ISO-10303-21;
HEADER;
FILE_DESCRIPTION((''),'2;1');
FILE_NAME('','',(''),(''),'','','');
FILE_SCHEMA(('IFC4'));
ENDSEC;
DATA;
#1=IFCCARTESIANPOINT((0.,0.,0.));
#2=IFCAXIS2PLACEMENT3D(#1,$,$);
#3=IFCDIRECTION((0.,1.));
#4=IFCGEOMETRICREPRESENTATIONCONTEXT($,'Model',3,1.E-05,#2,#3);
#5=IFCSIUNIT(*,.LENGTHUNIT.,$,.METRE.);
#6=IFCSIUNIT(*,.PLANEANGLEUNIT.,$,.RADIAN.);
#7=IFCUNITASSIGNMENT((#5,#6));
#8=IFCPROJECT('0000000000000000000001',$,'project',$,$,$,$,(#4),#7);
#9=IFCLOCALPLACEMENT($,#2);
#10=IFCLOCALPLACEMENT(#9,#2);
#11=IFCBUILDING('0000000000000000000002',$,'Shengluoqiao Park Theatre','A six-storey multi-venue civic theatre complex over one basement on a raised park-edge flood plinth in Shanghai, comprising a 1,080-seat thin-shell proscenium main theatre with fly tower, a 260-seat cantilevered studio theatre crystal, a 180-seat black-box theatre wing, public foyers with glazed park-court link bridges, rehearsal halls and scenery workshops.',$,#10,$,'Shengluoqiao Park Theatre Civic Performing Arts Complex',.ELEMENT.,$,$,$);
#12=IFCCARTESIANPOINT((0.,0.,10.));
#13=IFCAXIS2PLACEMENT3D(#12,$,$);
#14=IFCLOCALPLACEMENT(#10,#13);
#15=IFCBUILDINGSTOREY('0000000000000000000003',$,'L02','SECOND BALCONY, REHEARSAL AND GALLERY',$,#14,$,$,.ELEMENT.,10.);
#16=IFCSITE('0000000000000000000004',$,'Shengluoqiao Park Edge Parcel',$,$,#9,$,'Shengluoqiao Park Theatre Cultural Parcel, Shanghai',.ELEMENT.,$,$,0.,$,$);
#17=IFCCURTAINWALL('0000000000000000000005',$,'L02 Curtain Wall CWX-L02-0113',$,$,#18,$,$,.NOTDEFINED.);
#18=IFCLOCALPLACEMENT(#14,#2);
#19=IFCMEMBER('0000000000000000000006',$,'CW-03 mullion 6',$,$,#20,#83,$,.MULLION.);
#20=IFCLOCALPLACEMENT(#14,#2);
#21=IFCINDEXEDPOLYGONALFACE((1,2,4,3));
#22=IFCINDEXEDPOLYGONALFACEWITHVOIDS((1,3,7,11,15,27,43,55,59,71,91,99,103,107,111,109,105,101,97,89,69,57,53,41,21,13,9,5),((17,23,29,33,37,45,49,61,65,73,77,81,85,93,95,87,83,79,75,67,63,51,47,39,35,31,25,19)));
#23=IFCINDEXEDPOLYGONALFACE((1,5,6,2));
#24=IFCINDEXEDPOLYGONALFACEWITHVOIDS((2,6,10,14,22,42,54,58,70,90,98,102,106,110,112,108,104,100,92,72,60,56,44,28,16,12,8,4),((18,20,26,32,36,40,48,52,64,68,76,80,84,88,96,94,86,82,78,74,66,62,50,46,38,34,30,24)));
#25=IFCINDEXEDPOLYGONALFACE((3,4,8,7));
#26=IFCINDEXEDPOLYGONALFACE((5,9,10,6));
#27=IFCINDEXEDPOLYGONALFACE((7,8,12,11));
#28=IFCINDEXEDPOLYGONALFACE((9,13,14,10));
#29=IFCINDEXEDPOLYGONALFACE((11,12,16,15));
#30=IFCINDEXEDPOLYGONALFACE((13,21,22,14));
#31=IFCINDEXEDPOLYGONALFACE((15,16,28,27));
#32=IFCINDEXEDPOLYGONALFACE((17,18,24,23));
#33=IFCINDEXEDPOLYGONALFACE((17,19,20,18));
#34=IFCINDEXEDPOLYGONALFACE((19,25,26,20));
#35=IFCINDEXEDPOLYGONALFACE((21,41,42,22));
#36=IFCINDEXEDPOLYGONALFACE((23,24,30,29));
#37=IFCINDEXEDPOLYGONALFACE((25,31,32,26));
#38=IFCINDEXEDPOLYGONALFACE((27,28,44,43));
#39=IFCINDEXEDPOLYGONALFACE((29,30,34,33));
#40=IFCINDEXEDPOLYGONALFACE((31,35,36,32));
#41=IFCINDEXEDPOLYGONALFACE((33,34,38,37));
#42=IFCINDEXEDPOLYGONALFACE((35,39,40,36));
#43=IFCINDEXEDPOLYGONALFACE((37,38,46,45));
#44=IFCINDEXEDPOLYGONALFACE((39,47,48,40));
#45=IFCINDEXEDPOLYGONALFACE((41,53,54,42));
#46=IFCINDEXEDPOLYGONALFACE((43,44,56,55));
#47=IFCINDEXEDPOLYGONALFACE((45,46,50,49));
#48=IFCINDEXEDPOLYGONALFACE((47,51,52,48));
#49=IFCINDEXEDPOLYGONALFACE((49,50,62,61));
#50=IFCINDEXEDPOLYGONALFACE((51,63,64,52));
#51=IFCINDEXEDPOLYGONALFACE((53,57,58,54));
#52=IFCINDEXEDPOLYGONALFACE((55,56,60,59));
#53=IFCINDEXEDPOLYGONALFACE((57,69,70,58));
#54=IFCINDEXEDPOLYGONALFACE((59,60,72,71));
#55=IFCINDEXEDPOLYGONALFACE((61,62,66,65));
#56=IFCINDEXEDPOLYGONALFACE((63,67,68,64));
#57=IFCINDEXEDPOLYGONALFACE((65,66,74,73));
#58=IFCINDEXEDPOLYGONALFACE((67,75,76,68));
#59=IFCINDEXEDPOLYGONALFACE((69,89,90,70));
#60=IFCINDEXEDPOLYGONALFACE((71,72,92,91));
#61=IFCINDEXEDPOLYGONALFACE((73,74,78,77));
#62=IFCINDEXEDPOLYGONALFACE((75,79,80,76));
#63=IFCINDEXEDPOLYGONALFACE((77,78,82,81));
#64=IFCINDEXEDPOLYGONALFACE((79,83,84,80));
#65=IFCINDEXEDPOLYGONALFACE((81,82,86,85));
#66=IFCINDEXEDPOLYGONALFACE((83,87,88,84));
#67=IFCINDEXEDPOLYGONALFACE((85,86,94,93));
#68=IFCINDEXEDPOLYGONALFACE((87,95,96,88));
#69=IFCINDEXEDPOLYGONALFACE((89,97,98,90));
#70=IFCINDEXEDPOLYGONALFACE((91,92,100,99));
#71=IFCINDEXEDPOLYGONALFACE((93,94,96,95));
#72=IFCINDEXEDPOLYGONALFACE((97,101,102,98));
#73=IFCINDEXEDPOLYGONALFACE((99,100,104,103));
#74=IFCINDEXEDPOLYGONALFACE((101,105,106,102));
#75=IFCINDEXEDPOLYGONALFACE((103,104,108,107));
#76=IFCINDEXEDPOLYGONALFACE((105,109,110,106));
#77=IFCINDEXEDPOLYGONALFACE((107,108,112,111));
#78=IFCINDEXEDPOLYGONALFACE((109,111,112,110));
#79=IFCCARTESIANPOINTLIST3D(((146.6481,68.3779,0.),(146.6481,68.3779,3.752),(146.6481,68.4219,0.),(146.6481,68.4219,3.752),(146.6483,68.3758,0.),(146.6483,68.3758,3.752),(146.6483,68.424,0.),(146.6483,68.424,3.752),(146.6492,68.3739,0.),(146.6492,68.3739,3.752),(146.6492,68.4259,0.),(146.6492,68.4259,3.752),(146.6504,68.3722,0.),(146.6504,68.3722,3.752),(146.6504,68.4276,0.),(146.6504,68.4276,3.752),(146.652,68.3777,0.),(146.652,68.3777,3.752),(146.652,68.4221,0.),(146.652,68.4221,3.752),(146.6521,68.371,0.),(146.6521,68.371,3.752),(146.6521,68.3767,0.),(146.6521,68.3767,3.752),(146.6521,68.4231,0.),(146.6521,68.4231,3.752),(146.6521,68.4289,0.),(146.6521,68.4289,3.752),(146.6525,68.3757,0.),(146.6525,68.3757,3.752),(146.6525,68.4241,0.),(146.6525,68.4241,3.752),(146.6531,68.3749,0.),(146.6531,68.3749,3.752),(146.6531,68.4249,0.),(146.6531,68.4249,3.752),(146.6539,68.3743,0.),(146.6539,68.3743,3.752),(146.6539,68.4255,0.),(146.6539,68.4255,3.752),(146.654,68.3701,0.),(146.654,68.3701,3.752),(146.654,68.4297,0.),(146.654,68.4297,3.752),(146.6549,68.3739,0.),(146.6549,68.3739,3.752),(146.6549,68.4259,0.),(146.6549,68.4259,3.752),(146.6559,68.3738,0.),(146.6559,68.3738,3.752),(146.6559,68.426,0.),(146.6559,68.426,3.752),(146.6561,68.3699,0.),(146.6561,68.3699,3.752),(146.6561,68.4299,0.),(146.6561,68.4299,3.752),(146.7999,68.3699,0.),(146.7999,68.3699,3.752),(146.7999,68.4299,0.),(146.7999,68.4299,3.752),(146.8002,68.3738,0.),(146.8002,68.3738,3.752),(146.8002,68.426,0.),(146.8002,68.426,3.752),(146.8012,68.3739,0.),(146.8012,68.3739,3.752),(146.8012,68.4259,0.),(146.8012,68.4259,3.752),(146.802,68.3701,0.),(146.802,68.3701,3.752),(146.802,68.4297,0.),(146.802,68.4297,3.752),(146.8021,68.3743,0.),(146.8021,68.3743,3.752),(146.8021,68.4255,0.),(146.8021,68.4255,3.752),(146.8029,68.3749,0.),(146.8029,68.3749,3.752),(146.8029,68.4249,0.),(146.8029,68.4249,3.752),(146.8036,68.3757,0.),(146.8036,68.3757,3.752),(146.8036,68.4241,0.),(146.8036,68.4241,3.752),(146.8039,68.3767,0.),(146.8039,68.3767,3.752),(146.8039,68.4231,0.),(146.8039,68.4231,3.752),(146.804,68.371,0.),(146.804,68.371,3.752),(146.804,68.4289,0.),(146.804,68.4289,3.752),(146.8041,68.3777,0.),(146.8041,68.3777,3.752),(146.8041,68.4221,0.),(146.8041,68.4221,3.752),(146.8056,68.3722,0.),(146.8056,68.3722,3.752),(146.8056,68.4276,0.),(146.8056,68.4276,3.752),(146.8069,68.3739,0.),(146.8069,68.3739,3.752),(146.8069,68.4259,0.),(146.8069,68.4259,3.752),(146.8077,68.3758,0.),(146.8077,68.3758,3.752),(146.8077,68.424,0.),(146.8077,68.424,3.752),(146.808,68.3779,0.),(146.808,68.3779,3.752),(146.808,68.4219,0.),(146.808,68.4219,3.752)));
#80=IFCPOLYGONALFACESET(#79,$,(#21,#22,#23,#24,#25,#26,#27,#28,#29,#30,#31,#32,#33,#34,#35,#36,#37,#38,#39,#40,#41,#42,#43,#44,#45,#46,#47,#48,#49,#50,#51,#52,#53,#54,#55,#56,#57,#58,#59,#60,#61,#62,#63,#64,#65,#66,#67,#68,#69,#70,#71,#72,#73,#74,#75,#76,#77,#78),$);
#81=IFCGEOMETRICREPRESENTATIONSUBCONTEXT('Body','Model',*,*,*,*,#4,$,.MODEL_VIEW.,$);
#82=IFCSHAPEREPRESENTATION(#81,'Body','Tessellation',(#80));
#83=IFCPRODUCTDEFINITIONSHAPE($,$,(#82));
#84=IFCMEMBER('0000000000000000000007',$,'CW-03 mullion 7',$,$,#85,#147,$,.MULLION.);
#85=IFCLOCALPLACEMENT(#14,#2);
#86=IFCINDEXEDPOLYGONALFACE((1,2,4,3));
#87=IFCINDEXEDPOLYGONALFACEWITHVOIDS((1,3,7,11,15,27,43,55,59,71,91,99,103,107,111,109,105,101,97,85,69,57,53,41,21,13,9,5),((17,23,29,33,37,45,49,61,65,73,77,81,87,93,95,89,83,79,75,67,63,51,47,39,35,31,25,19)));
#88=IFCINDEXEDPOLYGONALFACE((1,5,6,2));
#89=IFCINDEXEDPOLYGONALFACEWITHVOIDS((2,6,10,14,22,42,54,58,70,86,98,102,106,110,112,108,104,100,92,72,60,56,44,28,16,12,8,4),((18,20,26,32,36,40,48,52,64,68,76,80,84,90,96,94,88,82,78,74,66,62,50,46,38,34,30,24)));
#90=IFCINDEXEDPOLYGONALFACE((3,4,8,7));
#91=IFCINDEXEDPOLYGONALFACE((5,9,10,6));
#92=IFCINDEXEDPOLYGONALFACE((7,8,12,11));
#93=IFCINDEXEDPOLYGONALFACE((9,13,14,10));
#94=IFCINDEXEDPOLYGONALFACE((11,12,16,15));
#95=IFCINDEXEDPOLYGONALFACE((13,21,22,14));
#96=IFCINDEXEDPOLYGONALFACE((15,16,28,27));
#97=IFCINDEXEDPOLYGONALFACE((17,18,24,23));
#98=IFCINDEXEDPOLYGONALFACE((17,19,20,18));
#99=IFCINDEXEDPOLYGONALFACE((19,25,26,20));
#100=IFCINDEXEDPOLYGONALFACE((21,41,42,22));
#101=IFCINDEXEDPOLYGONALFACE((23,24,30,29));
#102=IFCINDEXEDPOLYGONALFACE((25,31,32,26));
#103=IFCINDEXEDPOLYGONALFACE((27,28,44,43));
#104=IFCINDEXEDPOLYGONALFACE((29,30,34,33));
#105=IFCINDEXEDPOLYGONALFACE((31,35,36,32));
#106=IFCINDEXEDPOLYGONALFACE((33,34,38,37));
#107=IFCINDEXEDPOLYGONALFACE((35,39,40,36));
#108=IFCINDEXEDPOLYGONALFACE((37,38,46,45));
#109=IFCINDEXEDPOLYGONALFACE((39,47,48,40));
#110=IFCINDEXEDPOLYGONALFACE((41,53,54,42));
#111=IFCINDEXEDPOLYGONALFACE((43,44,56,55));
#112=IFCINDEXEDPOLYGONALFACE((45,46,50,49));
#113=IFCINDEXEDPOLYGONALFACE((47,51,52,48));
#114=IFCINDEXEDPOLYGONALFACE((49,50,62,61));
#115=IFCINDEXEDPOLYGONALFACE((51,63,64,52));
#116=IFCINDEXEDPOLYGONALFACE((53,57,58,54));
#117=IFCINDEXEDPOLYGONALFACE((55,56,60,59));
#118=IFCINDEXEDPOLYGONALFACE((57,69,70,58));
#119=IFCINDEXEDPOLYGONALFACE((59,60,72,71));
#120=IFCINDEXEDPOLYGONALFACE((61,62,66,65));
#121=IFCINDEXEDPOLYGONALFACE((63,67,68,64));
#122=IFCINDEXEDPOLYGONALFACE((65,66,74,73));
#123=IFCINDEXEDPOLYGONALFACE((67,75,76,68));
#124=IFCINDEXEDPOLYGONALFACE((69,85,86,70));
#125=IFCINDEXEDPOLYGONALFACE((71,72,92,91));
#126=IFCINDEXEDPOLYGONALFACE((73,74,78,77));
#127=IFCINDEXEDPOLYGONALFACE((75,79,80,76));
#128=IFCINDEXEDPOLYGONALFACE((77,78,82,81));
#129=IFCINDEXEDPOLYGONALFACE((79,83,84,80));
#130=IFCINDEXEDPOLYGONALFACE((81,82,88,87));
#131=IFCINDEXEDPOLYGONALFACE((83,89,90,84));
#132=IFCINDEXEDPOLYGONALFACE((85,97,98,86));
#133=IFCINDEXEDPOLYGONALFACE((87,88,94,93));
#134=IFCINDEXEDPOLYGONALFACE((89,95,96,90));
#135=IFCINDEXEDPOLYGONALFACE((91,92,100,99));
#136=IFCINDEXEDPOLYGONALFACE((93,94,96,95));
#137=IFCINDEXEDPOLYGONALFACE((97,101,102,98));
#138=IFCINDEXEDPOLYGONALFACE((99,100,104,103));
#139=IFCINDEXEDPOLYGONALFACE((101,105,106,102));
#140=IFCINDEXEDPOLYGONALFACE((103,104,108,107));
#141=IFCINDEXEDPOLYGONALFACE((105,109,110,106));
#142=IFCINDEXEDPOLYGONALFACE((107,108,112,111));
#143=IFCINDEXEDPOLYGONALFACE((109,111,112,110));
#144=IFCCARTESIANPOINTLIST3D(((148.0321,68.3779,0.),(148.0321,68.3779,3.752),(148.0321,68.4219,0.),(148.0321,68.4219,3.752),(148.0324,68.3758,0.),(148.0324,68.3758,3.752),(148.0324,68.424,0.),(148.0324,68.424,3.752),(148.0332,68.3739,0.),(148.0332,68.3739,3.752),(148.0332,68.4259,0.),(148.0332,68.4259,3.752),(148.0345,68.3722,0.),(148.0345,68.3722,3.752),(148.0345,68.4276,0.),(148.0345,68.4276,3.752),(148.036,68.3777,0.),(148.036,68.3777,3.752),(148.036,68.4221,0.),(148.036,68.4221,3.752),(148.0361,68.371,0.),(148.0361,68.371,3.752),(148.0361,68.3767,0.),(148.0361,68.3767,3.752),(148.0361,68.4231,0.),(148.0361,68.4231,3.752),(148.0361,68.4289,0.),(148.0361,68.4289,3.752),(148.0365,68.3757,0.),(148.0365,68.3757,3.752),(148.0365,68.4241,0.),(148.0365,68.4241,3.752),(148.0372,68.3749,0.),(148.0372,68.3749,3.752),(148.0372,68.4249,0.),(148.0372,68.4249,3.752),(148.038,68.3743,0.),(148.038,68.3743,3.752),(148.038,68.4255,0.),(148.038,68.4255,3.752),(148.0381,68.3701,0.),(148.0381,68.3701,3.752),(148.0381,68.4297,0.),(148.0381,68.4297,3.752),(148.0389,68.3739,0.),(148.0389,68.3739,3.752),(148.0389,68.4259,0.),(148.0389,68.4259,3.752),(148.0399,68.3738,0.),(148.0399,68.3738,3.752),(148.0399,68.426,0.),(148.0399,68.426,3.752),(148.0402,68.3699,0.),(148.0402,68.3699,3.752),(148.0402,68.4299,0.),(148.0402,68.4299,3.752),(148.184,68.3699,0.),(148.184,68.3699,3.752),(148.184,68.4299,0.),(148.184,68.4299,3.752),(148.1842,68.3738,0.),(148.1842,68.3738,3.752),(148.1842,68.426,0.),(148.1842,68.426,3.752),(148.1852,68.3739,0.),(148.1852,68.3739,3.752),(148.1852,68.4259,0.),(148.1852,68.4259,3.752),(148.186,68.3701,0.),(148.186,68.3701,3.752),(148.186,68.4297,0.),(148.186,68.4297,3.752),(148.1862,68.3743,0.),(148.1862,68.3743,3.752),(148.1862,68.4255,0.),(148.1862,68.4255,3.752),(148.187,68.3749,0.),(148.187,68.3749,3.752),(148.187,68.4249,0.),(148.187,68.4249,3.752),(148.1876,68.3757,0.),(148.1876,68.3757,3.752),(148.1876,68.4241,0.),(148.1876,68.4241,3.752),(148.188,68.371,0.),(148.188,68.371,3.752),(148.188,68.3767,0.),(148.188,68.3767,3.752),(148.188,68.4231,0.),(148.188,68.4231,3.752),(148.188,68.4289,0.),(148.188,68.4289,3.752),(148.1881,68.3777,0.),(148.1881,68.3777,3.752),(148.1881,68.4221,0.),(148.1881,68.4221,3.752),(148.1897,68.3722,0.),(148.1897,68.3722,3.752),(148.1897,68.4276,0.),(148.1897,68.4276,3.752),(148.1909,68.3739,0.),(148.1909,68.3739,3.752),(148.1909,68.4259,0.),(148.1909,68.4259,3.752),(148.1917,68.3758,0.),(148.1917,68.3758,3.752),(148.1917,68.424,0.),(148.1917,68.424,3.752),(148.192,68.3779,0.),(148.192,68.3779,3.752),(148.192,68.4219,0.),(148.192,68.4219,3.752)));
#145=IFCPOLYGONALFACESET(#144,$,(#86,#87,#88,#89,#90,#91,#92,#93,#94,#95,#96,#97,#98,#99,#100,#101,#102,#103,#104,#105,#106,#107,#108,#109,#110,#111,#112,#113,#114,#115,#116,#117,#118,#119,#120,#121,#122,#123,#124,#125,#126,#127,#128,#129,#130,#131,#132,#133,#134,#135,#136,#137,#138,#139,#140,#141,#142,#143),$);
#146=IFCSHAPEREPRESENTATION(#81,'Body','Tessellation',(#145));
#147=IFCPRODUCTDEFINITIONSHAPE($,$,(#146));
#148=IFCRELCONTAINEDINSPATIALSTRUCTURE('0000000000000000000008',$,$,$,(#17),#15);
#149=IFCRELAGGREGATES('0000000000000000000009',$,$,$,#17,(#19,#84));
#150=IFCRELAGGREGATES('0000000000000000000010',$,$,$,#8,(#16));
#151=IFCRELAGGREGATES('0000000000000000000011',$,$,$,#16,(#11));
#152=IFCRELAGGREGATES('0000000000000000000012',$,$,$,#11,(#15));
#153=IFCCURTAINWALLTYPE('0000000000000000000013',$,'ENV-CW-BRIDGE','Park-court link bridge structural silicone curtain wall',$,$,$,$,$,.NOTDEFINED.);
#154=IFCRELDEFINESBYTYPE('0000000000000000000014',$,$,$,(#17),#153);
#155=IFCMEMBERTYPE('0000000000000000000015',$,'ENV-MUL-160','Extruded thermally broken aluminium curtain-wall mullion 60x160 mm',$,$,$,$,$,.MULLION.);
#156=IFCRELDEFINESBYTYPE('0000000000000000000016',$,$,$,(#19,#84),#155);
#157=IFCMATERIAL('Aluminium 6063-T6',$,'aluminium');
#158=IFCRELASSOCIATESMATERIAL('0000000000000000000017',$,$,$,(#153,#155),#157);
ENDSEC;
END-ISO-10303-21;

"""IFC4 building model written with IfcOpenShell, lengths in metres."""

from ifc_helpers import new_model, si_unit, direction, frame, origin, origin_2d, place, context, subcontext, project, spatial, hollow_rectangle, extrude, material, material_profile, profile_set, type_object, element, aggregate, save


model = new_model("IFC4")

# Units and contexts
model_context = context("Model", 3, precision=1e-05, world=origin(), true_north=direction((0.0, 1.0)))
body_context = subcontext(model_context, "Body", "Model", "MODEL_VIEW")
ifc_project = project(units=[si_unit("LENGTHUNIT", "METRE"), si_unit("PLANEANGLEUNIT", "RADIAN")], contexts=[model_context])

# Site, building, storey
site_placement = place(None, origin())
site = spatial("IfcSite", under=ifc_project, at=site_placement, Name="Shengluoqiao Park Edge Parcel", LongName="Shengluoqiao Park Theatre Cultural Parcel, Shanghai", CompositionType="ELEMENT", RefElevation=0.0)
building_placement = place(site_placement, origin())
building = spatial("IfcBuilding", under=site, at=building_placement, Name="Shengluoqiao Park Theatre", Description="A six-storey multi-venue civic theatre complex over one basement on a raised park-edge flood plinth in Shanghai, comprising a 1,080-seat thin-shell proscenium main theatre with fly tower, a 260-seat cantilevered studio theatre crystal, a 180-seat black-box theatre wing, public foyers with glazed park-court link bridges, rehearsal halls and scenery workshops.", LongName="Shengluoqiao Park Theatre Civic Performing Arts Complex", CompositionType="ELEMENT")
storey_placement = place(building_placement, frame((0.0, 0.0, 10.0)))
storey = spatial("IfcBuildingStorey", under=building, at=storey_placement, Name="L02", Description="SECOND BALCONY, REHEARSAL AND GALLERY", CompositionType="ELEMENT", Elevation=10.0)

# Curtain wall, members
ifc_material_1 = material(Name="Aluminium 6063-T6", Category="aluminium")
curtain_wall_type = type_object("IfcCurtainWallType", Name="ENV-CW-BRIDGE", Description="Park-court link bridge structural silicone curtain wall", PredefinedType="NOTDEFINED", material=ifc_material_1)
curtain_wall_placement = place(storey_placement, origin())
curtain_wall = element("IfcCurtainWall", 1, at=curtain_wall_placement, inside=storey, type_object=curtain_wall_type, Name="L02 Curtain Wall CWX-L02-0113", PredefinedType="NOTDEFINED")
ifc_material_profile_1 = material_profile(ifc_material_1, hollow_rectangle(XDim=0.0601, YDim=0.1599, WallThickness=0.0039, InnerFilletRadius=0.0039, OuterFilletRadius=0.0081, at=origin_2d()), Name="ALU MULLION 160x60x4")
ifc_profile_set_1 = profile_set([ifc_material_profile_1], Name="Aluminium 6063-T6")
member_type_1 = type_object("IfcMemberType", Name="ENV-MUL-160", Description="Extruded thermally broken aluminium curtain-wall mullion 60x160 mm", PredefinedType="MULLION", material=ifc_profile_set_1)
member_1_placement = place(storey_placement, frame((146.728, 68.3999, 0.0), z_axis=(0.0, 0.0, 1.0), x_axis=(0.0, 1.0, 0.0)))
member_1 = element("IfcMember", 2, at=member_1_placement, type_object=member_type_1, Name="CW-03 mullion 6", PredefinedType="MULLION", context=body_context, shape_type="SweptSolid", body=[
    extrude(hollow_rectangle(XDim=0.0601, YDim=0.1599, WallThickness=0.0039, InnerFilletRadius=0.0039, OuterFilletRadius=0.0081, at=origin_2d()), origin(), (0.0, 0.0, 1.0), 3.752),
])
member_2_placement = place(storey_placement, frame((148.1121, 68.3999, 0.0), z_axis=(0.0, 0.0, 1.0), x_axis=(0.0, 1.0, 0.0)))
member_2 = element("IfcMember", 3, at=member_2_placement, type_object=member_type_1, Name="CW-03 mullion 7", PredefinedType="MULLION", context=body_context, shape_type="SweptSolid", body=[
    extrude(hollow_rectangle(XDim=0.0601, YDim=0.1599, WallThickness=0.0039, InnerFilletRadius=0.0039, OuterFilletRadius=0.0081, at=origin_2d()), origin(), (0.0, 0.0, 1.0), 3.752),
])

aggregate(curtain_wall, [member_1, member_2])

save(model, "model.ifc")
